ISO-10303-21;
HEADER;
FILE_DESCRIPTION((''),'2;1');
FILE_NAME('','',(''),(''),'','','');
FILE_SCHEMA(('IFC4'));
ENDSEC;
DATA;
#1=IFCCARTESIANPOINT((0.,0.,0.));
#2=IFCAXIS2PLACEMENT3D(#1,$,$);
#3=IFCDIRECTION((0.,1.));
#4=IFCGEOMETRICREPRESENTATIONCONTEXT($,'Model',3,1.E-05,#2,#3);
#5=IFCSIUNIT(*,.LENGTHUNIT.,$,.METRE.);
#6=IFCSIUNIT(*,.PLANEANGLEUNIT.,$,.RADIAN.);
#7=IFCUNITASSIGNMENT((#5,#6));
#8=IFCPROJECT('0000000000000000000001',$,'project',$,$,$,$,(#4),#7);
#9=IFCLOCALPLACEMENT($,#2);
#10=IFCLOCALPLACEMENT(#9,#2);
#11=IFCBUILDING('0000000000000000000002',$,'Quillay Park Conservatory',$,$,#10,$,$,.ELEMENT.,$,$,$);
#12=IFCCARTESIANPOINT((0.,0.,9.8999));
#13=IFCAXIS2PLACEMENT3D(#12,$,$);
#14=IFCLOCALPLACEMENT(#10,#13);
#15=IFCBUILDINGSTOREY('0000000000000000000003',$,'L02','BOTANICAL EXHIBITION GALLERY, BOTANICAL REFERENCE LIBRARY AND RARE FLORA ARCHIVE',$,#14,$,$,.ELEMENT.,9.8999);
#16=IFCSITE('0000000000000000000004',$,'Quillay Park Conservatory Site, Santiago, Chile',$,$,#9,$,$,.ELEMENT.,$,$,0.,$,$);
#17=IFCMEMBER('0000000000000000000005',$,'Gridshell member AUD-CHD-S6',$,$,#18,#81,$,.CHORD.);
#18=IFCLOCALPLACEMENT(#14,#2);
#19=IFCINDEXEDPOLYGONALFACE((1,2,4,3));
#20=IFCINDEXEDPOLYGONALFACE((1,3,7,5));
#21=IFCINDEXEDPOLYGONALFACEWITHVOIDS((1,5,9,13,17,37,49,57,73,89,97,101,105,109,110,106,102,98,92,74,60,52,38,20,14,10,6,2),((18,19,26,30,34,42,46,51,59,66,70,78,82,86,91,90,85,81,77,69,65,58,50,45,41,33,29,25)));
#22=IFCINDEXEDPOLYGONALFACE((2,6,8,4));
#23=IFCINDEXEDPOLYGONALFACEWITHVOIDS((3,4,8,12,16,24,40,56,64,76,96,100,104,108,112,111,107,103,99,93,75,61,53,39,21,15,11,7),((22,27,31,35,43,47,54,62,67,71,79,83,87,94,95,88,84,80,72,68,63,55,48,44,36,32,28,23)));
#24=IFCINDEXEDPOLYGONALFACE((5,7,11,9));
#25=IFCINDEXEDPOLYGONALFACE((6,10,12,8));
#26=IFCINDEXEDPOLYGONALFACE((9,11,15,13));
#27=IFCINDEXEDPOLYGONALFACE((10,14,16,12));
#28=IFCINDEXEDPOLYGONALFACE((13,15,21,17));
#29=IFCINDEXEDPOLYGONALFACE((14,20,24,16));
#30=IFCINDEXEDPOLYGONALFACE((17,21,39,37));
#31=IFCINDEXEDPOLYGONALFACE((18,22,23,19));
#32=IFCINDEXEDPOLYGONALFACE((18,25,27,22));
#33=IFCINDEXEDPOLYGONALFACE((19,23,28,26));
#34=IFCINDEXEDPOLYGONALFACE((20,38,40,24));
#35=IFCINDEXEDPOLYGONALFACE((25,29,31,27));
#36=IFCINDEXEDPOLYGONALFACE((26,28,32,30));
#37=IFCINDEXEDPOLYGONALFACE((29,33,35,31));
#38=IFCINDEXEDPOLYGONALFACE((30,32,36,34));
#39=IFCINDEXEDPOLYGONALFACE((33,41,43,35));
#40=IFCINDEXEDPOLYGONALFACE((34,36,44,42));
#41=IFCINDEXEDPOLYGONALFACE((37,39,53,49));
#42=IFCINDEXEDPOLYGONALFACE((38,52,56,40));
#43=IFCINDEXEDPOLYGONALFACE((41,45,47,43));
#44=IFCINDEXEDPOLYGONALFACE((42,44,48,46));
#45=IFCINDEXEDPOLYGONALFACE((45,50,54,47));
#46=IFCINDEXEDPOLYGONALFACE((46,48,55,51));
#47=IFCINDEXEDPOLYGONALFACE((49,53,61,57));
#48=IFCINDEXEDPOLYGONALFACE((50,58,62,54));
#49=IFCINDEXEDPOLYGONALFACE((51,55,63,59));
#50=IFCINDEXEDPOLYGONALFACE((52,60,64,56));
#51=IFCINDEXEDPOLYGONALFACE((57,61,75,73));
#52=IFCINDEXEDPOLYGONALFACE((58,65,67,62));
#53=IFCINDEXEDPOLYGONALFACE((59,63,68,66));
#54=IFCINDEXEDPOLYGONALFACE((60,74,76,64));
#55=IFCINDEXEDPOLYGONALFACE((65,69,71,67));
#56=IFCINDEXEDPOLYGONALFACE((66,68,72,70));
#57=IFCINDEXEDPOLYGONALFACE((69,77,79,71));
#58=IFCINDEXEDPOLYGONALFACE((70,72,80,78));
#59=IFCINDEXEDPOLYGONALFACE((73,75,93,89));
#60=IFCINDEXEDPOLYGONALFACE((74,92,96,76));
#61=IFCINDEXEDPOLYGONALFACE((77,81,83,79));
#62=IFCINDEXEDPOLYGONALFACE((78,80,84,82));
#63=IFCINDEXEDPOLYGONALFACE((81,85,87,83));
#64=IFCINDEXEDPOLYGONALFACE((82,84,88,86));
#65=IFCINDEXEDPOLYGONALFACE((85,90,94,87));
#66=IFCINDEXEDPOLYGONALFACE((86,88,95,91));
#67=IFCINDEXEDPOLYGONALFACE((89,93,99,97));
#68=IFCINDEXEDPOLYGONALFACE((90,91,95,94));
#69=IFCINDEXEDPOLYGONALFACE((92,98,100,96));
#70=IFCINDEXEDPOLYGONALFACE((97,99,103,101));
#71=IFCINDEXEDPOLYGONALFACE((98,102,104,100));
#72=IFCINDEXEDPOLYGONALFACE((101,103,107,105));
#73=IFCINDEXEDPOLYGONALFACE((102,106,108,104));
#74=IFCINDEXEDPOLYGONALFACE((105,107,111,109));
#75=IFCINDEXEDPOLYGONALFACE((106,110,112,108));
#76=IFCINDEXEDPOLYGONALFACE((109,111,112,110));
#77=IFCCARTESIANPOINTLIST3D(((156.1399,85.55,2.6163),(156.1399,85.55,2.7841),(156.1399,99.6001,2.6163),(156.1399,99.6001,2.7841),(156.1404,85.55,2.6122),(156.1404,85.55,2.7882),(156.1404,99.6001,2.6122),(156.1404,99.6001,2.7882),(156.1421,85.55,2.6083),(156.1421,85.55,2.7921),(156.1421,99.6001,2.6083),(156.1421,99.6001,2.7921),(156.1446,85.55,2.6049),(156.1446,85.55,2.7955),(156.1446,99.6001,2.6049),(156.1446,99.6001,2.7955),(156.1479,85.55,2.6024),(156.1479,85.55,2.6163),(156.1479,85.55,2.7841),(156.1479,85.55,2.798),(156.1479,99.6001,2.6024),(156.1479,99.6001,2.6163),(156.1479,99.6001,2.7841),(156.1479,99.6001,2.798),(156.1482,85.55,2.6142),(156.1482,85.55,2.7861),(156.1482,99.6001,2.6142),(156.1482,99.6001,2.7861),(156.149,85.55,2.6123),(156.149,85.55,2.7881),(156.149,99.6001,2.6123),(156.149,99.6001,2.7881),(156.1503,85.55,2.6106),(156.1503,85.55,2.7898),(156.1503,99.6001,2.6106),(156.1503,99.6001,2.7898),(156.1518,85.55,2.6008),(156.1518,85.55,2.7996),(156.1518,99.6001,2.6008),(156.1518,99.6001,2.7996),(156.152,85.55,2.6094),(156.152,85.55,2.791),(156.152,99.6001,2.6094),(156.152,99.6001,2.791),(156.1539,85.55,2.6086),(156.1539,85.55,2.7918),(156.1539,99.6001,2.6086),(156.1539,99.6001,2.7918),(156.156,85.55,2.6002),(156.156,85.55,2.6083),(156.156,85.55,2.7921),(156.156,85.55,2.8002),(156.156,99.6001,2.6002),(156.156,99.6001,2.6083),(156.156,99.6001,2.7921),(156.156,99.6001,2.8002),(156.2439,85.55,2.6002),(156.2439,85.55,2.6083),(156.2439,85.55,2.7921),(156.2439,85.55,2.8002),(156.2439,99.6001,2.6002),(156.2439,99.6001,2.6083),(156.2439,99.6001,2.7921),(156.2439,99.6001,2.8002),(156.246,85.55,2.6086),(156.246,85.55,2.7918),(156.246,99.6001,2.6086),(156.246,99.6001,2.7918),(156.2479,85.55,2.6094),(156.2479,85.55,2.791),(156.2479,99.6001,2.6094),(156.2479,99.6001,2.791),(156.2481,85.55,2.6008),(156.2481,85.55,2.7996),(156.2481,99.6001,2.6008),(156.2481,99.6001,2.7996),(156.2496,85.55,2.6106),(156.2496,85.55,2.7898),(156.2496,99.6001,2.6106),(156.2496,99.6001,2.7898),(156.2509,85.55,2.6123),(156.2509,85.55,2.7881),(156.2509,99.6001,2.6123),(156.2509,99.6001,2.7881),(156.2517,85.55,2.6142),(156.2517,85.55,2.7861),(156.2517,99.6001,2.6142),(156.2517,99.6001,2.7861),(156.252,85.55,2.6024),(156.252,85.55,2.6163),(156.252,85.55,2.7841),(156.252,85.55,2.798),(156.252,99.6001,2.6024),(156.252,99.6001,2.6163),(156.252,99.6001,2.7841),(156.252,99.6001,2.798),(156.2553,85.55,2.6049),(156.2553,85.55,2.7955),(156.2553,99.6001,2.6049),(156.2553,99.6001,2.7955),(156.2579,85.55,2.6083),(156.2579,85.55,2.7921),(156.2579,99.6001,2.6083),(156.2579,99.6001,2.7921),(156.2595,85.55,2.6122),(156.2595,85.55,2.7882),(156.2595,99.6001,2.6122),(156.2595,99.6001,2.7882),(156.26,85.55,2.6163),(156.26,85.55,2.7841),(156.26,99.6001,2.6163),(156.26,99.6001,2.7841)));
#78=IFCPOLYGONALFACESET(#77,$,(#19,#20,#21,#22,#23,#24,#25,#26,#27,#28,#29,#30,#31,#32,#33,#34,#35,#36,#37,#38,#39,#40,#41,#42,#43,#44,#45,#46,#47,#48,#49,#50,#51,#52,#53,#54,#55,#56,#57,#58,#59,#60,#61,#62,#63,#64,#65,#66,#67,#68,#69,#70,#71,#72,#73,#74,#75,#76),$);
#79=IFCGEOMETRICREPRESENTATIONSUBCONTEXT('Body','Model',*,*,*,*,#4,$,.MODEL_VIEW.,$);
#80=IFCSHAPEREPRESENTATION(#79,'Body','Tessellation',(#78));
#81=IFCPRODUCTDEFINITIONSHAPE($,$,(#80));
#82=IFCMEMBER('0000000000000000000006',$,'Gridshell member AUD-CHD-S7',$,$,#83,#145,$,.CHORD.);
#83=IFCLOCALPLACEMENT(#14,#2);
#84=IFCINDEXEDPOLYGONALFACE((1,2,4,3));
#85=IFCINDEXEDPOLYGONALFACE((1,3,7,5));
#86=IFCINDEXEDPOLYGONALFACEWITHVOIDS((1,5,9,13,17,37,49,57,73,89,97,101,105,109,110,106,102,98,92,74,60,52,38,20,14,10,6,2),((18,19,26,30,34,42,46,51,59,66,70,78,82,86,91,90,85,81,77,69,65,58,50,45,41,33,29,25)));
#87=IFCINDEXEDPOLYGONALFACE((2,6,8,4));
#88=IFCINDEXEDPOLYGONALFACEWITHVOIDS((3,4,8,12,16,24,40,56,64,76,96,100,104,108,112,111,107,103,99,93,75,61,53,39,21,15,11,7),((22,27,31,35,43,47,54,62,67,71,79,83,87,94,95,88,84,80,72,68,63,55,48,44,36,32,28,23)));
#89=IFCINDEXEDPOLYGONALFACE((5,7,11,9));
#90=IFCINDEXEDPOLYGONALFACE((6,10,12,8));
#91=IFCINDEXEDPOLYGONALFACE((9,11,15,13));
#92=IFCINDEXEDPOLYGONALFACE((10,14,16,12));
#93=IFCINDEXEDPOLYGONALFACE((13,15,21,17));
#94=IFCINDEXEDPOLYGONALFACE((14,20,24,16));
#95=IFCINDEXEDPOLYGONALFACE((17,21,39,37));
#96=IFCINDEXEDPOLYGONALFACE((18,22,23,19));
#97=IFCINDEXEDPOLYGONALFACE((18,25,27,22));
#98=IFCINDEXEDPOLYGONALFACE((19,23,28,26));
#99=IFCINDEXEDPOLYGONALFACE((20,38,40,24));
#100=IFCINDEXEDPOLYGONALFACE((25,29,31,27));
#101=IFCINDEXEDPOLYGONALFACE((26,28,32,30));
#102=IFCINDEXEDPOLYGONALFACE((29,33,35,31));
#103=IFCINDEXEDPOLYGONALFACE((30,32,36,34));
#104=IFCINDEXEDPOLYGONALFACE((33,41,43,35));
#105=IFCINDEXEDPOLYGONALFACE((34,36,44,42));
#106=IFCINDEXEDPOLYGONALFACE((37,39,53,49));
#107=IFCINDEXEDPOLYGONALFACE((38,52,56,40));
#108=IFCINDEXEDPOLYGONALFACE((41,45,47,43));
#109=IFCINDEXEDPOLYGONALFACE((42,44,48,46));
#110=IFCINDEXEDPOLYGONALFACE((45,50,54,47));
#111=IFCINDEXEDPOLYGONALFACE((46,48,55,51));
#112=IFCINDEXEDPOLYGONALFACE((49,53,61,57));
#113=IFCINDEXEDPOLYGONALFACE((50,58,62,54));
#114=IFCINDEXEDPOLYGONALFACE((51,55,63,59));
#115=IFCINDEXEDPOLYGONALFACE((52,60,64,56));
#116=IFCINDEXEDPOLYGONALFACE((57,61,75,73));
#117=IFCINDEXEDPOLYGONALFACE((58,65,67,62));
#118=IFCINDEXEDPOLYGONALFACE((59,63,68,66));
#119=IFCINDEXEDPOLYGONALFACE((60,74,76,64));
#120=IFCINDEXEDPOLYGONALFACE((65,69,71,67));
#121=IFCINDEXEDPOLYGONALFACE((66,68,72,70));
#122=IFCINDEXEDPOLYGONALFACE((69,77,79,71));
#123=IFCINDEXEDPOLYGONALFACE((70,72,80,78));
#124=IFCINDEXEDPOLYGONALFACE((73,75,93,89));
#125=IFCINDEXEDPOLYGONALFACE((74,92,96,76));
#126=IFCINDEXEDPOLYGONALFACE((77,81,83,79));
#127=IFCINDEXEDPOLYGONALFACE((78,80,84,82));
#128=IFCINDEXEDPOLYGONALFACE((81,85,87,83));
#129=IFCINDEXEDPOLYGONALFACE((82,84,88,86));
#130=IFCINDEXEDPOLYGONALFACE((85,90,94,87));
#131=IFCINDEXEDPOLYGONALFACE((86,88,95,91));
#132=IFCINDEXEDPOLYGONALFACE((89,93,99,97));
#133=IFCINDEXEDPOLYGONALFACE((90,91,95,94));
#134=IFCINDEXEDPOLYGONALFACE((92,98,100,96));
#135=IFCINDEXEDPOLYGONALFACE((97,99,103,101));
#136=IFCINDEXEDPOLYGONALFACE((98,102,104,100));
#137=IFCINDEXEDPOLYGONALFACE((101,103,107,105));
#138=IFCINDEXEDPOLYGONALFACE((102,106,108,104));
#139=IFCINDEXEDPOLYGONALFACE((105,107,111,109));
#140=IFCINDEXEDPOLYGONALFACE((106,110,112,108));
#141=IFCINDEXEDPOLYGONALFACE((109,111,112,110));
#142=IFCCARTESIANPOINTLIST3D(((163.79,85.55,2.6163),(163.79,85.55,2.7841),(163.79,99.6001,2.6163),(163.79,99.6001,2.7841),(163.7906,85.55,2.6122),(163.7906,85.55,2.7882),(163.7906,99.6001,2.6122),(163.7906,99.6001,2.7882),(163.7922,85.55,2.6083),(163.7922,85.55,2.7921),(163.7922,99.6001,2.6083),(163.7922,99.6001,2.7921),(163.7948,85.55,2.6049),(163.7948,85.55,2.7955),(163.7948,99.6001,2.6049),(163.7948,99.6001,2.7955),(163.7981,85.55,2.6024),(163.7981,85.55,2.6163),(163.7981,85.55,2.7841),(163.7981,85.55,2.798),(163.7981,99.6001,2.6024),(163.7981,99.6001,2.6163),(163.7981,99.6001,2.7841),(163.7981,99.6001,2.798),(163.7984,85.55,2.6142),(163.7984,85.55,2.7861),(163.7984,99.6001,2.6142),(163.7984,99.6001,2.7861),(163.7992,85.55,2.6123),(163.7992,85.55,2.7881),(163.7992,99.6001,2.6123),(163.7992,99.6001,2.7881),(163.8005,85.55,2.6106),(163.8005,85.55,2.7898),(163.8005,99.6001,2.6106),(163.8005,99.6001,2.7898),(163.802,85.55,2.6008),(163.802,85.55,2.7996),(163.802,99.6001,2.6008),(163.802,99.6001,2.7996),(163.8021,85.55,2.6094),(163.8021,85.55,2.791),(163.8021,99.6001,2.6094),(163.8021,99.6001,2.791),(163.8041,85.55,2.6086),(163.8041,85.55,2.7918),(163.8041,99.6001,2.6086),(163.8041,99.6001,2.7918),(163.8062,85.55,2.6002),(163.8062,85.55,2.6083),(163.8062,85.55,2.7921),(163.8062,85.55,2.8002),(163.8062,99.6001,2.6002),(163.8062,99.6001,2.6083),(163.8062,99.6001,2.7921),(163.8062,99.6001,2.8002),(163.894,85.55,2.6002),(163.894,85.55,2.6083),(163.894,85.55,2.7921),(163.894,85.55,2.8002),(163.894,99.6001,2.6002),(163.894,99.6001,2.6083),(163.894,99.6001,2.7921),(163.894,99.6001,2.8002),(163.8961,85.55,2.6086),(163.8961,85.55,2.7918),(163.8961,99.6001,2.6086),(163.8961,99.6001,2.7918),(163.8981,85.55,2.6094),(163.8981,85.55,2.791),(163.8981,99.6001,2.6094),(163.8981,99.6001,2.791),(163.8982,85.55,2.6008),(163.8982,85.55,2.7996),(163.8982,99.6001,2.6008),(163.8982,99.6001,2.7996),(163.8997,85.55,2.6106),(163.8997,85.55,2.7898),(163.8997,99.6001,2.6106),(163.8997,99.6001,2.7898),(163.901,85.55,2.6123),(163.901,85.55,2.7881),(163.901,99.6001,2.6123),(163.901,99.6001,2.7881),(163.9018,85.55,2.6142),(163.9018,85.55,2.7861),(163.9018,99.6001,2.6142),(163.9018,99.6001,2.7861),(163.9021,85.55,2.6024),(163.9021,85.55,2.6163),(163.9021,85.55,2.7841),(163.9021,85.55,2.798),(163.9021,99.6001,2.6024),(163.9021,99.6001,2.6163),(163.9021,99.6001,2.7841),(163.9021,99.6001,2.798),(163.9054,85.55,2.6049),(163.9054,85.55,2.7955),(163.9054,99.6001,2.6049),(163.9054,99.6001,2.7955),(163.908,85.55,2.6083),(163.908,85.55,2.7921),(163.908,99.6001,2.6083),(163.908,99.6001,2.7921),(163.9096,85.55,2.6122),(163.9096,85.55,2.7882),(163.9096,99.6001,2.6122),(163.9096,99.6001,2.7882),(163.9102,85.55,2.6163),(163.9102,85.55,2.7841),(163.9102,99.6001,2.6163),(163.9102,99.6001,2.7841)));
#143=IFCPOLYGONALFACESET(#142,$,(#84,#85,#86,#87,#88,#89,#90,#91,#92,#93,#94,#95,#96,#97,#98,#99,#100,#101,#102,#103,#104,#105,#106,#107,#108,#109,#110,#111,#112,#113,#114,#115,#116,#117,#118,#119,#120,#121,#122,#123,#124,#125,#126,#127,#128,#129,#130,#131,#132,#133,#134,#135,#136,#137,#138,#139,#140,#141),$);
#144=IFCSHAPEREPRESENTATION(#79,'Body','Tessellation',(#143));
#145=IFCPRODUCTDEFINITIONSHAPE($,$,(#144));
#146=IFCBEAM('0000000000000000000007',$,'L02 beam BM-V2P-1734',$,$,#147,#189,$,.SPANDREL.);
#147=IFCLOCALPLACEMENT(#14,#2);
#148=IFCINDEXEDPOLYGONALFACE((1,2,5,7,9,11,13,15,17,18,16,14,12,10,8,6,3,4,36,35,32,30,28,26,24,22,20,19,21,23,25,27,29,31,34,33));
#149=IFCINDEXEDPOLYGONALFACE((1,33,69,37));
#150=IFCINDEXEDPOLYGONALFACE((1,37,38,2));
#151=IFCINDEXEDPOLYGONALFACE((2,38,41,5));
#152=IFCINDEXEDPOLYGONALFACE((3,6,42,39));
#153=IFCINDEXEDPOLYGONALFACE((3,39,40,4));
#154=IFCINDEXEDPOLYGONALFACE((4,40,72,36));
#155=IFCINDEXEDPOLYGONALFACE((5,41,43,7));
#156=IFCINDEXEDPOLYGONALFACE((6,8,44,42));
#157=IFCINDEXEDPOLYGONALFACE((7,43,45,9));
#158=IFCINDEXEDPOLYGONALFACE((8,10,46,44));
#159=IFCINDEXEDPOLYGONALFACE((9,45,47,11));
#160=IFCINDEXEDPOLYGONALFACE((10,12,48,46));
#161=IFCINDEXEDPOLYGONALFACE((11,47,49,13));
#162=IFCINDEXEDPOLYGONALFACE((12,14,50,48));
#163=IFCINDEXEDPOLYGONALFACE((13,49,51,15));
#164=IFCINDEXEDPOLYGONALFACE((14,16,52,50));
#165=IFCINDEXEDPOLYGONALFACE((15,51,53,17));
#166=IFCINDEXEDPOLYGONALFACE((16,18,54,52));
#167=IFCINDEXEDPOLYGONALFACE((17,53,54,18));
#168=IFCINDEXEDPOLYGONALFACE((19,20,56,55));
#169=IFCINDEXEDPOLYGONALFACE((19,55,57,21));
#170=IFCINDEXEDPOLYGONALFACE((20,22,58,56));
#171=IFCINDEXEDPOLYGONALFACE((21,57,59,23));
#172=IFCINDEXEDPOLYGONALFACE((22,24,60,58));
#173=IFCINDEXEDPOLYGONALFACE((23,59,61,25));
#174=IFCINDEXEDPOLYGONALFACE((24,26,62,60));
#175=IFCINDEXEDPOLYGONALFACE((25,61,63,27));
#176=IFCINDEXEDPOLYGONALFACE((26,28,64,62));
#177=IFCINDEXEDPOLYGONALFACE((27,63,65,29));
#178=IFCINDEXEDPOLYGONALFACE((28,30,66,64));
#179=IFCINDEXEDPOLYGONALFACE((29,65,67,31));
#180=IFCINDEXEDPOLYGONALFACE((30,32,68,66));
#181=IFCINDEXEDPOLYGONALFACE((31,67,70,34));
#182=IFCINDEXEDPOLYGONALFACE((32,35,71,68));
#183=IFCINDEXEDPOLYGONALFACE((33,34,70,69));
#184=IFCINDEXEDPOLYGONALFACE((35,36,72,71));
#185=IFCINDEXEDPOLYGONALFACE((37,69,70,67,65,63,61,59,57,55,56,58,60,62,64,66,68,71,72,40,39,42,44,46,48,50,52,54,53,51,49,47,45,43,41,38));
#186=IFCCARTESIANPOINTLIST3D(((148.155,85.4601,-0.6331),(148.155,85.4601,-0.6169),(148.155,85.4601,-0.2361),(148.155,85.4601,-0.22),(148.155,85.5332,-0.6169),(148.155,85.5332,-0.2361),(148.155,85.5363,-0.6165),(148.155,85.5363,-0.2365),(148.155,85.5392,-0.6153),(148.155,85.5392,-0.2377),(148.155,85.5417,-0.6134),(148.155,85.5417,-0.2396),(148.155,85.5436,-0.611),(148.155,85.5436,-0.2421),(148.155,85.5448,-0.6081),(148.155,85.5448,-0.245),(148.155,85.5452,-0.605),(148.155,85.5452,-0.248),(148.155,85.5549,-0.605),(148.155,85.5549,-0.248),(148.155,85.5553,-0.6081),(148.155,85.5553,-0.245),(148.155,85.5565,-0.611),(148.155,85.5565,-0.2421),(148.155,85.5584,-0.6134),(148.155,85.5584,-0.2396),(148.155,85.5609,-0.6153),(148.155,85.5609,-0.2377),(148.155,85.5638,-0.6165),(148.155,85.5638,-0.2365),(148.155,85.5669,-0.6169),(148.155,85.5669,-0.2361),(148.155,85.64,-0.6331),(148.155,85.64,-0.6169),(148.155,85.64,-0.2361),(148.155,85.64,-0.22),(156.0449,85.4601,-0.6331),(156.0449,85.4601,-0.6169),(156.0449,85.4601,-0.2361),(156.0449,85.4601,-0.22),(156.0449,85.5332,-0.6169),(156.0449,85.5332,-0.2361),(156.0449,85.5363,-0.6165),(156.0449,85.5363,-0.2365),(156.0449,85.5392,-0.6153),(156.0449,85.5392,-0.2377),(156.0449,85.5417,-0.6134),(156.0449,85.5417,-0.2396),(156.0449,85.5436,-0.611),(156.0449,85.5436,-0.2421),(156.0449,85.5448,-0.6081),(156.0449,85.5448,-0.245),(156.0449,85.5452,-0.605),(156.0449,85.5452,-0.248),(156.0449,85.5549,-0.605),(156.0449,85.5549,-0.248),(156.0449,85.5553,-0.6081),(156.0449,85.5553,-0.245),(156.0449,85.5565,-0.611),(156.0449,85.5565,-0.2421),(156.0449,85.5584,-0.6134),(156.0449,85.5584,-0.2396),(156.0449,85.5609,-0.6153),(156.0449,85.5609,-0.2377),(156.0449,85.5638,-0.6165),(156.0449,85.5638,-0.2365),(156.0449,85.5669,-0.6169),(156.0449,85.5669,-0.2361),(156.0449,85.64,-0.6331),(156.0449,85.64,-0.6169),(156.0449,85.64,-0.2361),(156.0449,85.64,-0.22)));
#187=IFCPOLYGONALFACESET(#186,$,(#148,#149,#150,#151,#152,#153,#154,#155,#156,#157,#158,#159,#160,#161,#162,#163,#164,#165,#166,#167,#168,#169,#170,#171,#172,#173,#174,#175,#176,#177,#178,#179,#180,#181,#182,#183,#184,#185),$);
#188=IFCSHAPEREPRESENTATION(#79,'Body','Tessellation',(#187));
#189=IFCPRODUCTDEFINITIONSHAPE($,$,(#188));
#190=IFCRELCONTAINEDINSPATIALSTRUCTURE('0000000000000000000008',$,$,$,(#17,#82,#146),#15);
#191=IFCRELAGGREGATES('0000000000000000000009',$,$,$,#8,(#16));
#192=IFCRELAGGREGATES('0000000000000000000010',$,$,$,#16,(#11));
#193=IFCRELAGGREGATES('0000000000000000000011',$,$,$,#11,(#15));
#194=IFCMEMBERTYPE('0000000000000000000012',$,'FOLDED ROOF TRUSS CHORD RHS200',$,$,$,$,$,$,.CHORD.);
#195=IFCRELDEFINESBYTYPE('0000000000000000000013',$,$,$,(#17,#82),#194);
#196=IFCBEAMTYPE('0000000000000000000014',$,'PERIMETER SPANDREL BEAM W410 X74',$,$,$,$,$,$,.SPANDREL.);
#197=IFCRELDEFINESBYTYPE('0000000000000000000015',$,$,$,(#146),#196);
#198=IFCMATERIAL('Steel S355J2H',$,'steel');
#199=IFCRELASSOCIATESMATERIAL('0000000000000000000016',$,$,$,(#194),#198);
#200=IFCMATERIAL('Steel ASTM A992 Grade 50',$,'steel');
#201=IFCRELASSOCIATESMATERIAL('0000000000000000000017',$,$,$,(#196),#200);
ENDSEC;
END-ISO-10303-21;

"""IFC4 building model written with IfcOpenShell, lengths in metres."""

from ifc_helpers import new_model, si_unit, direction, frame, origin, origin_2d, place, context, subcontext, project, spatial, hollow_rectangle, i_section, extrude, material, material_profile, profile_set, type_object, element, save


model = new_model("IFC4")

# Units and contexts
model_context = context("Model", 3, precision=1e-05, world=origin(), true_north=direction((0.0, 1.0)))
body_context = subcontext(model_context, "Body", "Model", "MODEL_VIEW")
ifc_project = project(units=[si_unit("LENGTHUNIT", "METRE"), si_unit("PLANEANGLEUNIT", "RADIAN")], contexts=[model_context])

# Site, building, storey
site_placement = place(None, origin())
site = spatial("IfcSite", under=ifc_project, at=site_placement, Name="Quillay Park Conservatory Site, Santiago, Chile", CompositionType="ELEMENT", RefElevation=0.0)
building_placement = place(site_placement, origin())
building = spatial("IfcBuilding", under=site, at=building_placement, Name="Quillay Park Conservatory", CompositionType="ELEMENT")
storey_placement = place(building_placement, frame((0.0, 0.0, 9.8999)))
storey = spatial("IfcBuildingStorey", under=building, at=storey_placement, Name="L02", Description="BOTANICAL EXHIBITION GALLERY, BOTANICAL REFERENCE LIBRARY AND RARE FLORA ARCHIVE", CompositionType="ELEMENT", Elevation=9.8999)

# Members
ifc_material_1 = material(Name="Steel S355J2H", Category="steel")
ifc_material_profile_1 = material_profile(ifc_material_1, hollow_rectangle(XDim=0.1201, YDim=0.2, WallThickness=0.0081, InnerFilletRadius=0.0081, OuterFilletRadius=0.0161, at=origin_2d()), Name="RHS200x120x8")
ifc_profile_set_1 = profile_set([ifc_material_profile_1], Name="Steel S355J2H")
member_type_1 = type_object("IfcMemberType", Name="FOLDED ROOF TRUSS CHORD RHS200", PredefinedType="CHORD", material=ifc_profile_set_1)
for number, where, z_axis, x_axis, name in (
    (1, (156.2, 85.55, 2.7002), (0.0, 1.0, 0.0), (-1.0, 0.0, 0.0), "Gridshell member AUD-CHD-S6"),
    (2, (163.8501, 85.55, 2.7002), (0.0, 1.0, 0.0), (-1.0, 0.0, 0.0), "Gridshell member AUD-CHD-S7"),
):
    element("IfcMember", number, at=place(storey_placement, frame(where, z_axis=z_axis, x_axis=x_axis)), inside=storey, type_object=member_type_1, Name=name, PredefinedType="CHORD", context=body_context, shape_type="SweptSolid", body=[
        extrude(hollow_rectangle(XDim=0.1201, YDim=0.2, WallThickness=0.0081, InnerFilletRadius=0.0081, OuterFilletRadius=0.0161, at=origin_2d()), origin(), (0.0, 0.0, 1.0), 14.05),
    ])

# Beam
ifc_material_2 = material(Name="Steel ASTM A992 Grade 50", Category="steel")
ifc_material_profile_2 = material_profile(ifc_material_2, i_section(OverallWidth=0.1799, OverallDepth=0.4131, WebThickness=0.0098, FlangeThickness=0.0161, FilletRadius=0.012, at=origin_2d()), Name="W410x74")
ifc_profile_set_2 = profile_set([ifc_material_profile_2], Name="Steel ASTM A992 Grade 50")
beam_type_1 = type_object("IfcBeamType", Name="PERIMETER SPANDREL BEAM W410 X74", PredefinedType="SPANDREL", material=ifc_profile_set_2)
beam_1_placement = place(storey_placement, frame((148.155, 85.55, -0.4265), z_axis=(1.0, 0.0, 0.0), x_axis=(0.0, 1.0, 0.0)))
element("IfcBeam", 3, at=beam_1_placement, inside=storey, type_object=beam_type_1, Name="L02 beam BM-V2P-1734", PredefinedType="SPANDREL", context=body_context, shape_type="SweptSolid", body=[
    extrude(i_section(OverallWidth=0.1799, OverallDepth=0.4131, WebThickness=0.0098, FlangeThickness=0.0161, FilletRadius=0.012, at=origin_2d()), origin(), (0.0, 0.0, 1.0), 7.8899),
])

save(model, "model.ifc")
